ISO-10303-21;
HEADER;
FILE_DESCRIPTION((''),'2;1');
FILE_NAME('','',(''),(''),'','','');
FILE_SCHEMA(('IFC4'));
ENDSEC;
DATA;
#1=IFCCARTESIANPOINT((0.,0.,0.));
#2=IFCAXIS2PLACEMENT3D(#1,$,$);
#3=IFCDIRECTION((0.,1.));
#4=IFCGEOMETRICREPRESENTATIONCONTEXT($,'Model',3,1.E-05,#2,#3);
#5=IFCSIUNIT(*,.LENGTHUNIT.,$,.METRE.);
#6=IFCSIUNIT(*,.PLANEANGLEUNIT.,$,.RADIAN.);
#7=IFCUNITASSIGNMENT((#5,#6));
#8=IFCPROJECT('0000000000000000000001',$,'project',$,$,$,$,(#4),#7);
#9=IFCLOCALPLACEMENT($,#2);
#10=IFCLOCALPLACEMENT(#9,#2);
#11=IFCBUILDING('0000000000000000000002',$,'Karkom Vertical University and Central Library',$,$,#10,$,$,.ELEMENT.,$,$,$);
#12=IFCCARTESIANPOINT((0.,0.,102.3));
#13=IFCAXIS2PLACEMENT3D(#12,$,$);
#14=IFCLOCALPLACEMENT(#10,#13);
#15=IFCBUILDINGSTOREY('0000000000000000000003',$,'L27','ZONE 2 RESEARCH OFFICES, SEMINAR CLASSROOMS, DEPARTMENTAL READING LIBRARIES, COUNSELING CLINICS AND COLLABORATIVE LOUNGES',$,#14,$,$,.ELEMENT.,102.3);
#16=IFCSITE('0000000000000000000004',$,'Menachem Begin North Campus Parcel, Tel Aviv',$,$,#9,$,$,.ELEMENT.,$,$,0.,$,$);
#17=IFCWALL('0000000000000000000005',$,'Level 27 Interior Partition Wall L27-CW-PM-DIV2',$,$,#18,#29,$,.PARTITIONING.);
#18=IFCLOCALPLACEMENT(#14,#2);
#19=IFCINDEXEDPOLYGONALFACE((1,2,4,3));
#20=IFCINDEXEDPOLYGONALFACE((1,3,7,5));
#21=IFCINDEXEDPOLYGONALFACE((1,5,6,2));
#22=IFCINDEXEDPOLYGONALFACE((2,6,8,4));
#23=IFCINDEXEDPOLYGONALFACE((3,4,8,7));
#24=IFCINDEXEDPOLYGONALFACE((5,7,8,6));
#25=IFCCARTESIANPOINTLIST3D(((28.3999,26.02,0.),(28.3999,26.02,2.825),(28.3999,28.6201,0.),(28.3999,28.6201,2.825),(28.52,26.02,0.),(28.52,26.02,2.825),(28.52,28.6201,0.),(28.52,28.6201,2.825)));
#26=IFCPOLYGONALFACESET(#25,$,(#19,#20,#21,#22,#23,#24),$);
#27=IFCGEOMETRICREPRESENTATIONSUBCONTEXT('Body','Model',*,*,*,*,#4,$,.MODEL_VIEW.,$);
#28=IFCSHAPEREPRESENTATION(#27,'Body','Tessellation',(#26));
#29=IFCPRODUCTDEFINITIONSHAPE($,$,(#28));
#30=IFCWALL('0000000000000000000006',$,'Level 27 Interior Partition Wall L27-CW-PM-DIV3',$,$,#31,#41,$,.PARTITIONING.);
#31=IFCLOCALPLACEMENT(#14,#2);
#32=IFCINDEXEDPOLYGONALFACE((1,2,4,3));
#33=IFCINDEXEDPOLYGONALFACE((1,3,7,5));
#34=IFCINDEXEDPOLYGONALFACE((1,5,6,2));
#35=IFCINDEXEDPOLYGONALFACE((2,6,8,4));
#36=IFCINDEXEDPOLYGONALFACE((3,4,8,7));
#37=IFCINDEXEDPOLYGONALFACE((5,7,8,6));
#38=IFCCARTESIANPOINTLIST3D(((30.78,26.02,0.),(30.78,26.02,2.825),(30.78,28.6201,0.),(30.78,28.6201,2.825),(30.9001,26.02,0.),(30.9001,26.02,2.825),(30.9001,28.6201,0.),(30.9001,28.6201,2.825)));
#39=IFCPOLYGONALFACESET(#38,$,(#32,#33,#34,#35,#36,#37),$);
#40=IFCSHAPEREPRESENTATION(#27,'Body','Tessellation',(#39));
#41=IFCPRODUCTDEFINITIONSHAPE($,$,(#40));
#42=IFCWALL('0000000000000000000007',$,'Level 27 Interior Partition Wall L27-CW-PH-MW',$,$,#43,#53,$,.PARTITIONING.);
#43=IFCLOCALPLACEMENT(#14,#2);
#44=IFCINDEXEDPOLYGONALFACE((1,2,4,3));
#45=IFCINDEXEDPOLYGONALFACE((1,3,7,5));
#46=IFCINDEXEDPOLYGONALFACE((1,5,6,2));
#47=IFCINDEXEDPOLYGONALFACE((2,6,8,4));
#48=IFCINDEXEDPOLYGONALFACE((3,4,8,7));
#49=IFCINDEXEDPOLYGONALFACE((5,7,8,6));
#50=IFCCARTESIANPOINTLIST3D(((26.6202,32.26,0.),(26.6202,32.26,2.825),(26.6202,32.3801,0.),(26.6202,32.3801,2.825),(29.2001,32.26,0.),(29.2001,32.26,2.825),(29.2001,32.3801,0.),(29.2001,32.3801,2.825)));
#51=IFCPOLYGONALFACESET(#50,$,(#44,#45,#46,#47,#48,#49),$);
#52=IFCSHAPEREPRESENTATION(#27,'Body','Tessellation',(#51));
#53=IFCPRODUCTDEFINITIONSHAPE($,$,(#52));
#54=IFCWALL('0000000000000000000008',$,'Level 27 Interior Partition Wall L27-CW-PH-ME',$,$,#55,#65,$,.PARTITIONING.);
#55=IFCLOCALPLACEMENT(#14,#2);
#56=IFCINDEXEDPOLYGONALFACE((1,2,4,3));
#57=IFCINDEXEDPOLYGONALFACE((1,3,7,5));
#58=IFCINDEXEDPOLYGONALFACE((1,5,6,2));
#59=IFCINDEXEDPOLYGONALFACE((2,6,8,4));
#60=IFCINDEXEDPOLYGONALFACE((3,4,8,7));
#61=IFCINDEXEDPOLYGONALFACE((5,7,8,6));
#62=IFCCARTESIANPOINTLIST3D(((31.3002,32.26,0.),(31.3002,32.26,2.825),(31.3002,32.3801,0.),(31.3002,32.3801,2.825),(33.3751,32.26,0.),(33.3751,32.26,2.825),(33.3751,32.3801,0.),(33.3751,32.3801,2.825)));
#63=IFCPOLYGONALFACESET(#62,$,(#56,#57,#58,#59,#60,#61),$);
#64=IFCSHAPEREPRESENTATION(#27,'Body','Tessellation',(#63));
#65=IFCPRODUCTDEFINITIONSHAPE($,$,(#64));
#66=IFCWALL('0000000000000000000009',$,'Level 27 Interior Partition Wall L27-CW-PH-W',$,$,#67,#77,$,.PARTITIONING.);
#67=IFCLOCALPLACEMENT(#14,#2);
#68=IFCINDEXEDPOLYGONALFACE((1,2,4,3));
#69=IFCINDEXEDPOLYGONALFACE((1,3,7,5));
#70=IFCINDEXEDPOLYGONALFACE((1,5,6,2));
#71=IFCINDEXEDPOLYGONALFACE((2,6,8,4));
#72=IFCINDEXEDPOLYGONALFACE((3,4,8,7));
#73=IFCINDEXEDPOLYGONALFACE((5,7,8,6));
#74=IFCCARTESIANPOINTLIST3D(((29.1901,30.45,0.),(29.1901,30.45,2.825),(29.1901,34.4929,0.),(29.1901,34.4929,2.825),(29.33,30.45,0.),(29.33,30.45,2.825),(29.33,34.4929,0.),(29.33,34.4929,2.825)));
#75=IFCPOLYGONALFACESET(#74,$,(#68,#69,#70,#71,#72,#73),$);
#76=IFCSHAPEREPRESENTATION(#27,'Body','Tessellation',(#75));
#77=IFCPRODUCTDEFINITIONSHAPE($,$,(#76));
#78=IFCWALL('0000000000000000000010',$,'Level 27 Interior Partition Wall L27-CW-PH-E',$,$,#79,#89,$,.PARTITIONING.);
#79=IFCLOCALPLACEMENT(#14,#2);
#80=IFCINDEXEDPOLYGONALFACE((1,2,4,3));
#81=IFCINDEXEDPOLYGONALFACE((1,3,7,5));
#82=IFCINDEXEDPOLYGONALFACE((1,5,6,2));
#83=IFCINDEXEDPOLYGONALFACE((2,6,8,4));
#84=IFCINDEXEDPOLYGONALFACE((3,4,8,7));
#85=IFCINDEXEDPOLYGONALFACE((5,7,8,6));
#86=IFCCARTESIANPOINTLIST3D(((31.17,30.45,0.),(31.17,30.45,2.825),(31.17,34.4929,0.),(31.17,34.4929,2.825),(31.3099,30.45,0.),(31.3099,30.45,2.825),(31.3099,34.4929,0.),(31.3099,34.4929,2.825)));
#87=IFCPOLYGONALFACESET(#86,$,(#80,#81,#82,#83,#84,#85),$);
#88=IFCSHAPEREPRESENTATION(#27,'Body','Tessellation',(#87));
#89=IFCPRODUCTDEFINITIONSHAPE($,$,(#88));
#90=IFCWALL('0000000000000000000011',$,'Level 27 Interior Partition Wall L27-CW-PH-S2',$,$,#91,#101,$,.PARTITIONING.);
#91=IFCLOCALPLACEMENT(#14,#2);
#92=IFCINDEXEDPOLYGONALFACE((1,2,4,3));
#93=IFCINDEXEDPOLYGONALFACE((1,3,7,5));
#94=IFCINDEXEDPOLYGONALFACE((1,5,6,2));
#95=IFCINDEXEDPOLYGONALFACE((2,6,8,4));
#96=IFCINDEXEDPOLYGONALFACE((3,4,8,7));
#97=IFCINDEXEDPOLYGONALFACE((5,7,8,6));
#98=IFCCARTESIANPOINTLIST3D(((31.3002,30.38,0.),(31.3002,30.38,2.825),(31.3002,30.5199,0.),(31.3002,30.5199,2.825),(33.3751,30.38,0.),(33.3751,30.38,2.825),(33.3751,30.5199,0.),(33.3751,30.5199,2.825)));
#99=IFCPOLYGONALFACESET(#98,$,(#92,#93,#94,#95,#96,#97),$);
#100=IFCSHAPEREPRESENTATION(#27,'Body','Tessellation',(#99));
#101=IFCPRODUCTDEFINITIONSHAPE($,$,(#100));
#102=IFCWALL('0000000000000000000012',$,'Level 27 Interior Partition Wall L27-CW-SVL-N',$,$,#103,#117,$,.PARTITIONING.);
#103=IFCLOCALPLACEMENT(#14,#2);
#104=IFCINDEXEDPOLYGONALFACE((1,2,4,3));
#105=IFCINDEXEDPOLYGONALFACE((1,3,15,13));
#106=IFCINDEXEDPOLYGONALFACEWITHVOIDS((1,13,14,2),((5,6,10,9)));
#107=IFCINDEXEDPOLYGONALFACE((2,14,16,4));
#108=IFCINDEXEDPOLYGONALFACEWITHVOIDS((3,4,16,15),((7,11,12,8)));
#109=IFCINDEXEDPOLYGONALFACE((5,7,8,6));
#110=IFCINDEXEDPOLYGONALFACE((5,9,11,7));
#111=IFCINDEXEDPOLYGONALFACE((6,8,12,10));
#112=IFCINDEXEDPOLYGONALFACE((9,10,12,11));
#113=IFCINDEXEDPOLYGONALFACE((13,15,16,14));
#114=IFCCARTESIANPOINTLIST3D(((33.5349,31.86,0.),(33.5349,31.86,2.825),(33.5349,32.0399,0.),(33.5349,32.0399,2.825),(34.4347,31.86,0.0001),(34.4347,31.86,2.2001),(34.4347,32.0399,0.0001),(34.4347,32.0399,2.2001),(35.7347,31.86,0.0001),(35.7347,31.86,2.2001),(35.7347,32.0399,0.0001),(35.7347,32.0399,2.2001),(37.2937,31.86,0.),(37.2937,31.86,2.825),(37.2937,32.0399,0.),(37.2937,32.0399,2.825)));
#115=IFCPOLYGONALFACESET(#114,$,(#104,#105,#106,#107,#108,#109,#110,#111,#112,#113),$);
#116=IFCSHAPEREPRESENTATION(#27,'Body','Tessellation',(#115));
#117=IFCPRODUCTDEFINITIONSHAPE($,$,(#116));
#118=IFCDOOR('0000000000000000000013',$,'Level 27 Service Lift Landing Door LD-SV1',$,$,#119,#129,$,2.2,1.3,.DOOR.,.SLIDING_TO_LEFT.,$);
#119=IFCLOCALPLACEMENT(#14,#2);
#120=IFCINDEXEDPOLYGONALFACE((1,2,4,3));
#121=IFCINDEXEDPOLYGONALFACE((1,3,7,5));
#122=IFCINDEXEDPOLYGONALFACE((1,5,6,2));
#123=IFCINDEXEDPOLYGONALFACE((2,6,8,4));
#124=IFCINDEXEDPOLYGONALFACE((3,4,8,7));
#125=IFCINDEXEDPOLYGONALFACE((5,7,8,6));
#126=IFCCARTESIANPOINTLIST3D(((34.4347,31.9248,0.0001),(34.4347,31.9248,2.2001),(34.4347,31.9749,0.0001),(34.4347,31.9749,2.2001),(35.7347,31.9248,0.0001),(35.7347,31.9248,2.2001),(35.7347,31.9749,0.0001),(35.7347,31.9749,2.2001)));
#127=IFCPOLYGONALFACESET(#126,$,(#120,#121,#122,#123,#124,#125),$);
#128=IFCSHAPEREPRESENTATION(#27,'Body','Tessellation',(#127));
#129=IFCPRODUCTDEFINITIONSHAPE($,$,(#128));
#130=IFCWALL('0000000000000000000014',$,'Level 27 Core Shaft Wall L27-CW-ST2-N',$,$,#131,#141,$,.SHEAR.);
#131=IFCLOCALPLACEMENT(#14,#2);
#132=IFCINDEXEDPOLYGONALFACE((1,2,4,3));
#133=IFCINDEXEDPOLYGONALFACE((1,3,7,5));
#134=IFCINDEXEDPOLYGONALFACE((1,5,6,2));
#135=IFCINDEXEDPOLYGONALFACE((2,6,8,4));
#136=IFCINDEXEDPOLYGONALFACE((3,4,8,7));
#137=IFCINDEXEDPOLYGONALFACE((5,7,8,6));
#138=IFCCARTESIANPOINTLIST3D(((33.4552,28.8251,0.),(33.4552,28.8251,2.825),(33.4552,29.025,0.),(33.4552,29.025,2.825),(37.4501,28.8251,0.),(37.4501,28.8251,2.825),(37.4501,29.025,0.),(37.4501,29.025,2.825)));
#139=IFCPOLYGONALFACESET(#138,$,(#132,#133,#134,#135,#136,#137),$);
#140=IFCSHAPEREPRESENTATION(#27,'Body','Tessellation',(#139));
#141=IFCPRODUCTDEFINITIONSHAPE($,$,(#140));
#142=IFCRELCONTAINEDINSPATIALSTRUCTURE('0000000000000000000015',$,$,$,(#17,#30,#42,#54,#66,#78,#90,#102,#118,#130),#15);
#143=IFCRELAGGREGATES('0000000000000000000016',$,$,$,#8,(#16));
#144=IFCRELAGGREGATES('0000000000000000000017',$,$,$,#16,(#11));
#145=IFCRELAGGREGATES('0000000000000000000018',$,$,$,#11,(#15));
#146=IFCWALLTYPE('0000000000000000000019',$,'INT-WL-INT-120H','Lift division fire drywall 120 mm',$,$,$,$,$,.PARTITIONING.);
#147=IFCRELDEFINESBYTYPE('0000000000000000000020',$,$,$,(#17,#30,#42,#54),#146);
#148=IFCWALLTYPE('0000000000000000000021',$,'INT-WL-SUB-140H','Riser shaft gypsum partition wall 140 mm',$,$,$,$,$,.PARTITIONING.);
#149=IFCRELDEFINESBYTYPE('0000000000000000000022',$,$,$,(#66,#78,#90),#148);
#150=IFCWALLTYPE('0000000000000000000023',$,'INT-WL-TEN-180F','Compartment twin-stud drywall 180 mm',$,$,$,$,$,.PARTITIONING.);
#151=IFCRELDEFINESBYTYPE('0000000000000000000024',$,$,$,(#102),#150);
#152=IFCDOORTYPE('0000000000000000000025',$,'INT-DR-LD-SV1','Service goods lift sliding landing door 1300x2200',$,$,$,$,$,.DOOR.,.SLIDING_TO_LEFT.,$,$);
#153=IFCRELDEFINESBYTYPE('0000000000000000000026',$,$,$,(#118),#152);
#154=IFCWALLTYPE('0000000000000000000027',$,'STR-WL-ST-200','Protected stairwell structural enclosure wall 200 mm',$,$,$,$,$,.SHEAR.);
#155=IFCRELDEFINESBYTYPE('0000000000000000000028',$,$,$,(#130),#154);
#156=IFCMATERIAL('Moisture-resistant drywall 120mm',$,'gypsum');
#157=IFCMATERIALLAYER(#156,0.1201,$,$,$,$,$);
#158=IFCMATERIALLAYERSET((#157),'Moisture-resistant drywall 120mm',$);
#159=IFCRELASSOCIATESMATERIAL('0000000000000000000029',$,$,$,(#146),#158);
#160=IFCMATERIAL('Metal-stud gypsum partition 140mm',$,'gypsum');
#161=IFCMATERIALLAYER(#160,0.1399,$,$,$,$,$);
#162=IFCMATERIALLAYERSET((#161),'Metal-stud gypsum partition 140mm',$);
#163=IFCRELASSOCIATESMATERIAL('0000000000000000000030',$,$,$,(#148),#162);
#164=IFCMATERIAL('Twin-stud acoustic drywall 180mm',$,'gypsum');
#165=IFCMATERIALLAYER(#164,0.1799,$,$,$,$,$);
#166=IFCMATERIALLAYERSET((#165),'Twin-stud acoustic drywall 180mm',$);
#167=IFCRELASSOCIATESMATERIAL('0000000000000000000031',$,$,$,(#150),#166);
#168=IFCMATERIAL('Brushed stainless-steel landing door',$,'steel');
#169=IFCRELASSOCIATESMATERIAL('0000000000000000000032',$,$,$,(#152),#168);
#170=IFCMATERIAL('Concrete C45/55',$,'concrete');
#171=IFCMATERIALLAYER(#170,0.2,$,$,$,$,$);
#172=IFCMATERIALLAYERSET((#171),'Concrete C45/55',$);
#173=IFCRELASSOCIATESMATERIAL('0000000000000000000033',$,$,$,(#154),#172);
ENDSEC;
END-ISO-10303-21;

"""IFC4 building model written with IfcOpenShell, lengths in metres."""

from ifc_helpers import new_model, si_unit, direction, frame, frame_2d, origin, origin_with_axes, place, context, subcontext, project, spatial, rectangle, extrude, source, transform, mapped, material, layer, layer_set, type_object, element, fill, save


model = new_model("IFC4")

# Units and contexts
model_context = context("Model", 3, precision=1e-05, world=origin(), true_north=direction((0.0, 1.0)))
body_context = subcontext(model_context, "Body", "Model", "MODEL_VIEW")
ifc_project = project(units=[si_unit("LENGTHUNIT", "METRE"), si_unit("PLANEANGLEUNIT", "RADIAN")], contexts=[model_context])

# Site, building, storey
site_placement = place(None, origin())
site = spatial("IfcSite", under=ifc_project, at=site_placement, Name="Menachem Begin North Campus Parcel, Tel Aviv", CompositionType="ELEMENT", RefElevation=0.0)
building_placement = place(site_placement, origin())
building = spatial("IfcBuilding", under=site, at=building_placement, Name="Karkom Vertical University and Central Library", CompositionType="ELEMENT")
storey_placement = place(building_placement, frame((0.0, 0.0, 102.3)))
storey = spatial("IfcBuildingStorey", under=building, at=storey_placement, Name="L27", Description="ZONE 2 RESEARCH OFFICES, SEMINAR CLASSROOMS, DEPARTMENTAL READING LIBRARIES, COUNSELING CLINICS AND COLLABORATIVE LOUNGES", CompositionType="ELEMENT", Elevation=102.3)

# Walls
ifc_material_1 = material(Name="Moisture-resistant drywall 120mm", Category="gypsum")
ifc_layer_1 = layer(ifc_material_1, 0.1201)
ifc_layer_set_1 = layer_set([ifc_layer_1], Name="Moisture-resistant drywall 120mm")
wall_type_1 = type_object("IfcWallType", Name="INT-WL-INT-120H", Description="Lift division fire drywall 120 mm", PredefinedType="PARTITIONING", material=ifc_layer_set_1)
for number, where, z_axis, x_axis, name in (
    (1, (28.46, 26.02, 0.0), (0.0, 0.0, 1.0), (0.0, 1.0, 0.0), "Level 27 Interior Partition Wall L27-CW-PM-DIV2"),
    (2, (30.8401, 26.02, 0.0), (0.0, 0.0, 1.0), (0.0, 1.0, 0.0), "Level 27 Interior Partition Wall L27-CW-PM-DIV3"),
):
    element("IfcWall", number, at=place(storey_placement, frame(where, z_axis=z_axis, x_axis=x_axis)), inside=storey, type_object=wall_type_1, Name=name, PredefinedType="PARTITIONING", context=body_context, shape_type="SweptSolid", body=[
        extrude(rectangle(XDim=2.6001, YDim=0.1201, at=frame_2d((1.3, 0.0))), origin(), (0.0, 0.0, 1.0), 2.825),
    ])
wall_1_placement = place(storey_placement, frame((26.6201, 32.3201, 0.0), z_axis=(0.0, 0.0, 1.0), x_axis=(1.0, 0.0, 0.0)))
element("IfcWall", 3, at=wall_1_placement, inside=storey, type_object=wall_type_1, Name="Level 27 Interior Partition Wall L27-CW-PH-MW", PredefinedType="PARTITIONING", context=body_context, shape_type="SweptSolid", body=[
    extrude(rectangle(XDim=2.5798, YDim=0.1201, at=frame_2d((1.29, 0.0))), origin(), (0.0, 0.0, 1.0), 2.825),
])
wall_2_placement = place(storey_placement, frame((31.3, 32.3201, 0.0), z_axis=(0.0, 0.0, 1.0), x_axis=(1.0, 0.0, 0.0)))
element("IfcWall", 4, at=wall_2_placement, inside=storey, type_object=wall_type_1, Name="Level 27 Interior Partition Wall L27-CW-PH-ME", PredefinedType="PARTITIONING", context=body_context, shape_type="SweptSolid", body=[
    extrude(rectangle(XDim=2.075, YDim=0.1201, at=frame_2d((1.0376, 0.0))), origin(), (0.0, 0.0, 1.0), 2.825),
])
ifc_material_2 = material(Name="Metal-stud gypsum partition 140mm", Category="gypsum")
ifc_layer_2 = layer(ifc_material_2, 0.1399)
ifc_layer_set_2 = layer_set([ifc_layer_2], Name="Metal-stud gypsum partition 140mm")
wall_type_2 = type_object("IfcWallType", Name="INT-WL-SUB-140H", Description="Riser shaft gypsum partition wall 140 mm", PredefinedType="PARTITIONING", material=ifc_layer_set_2)
for number, where, z_axis, x_axis, name in (
    (5, (29.26, 30.45, 0.0), (0.0, 0.0, 1.0), (0.0, 1.0, 0.0), "Level 27 Interior Partition Wall L27-CW-PH-W"),
    (6, (31.24, 30.45, 0.0), (0.0, 0.0, 1.0), (0.0, 1.0, 0.0), "Level 27 Interior Partition Wall L27-CW-PH-E"),
):
    element("IfcWall", number, at=place(storey_placement, frame(where, z_axis=z_axis, x_axis=x_axis)), inside=storey, type_object=wall_type_2, Name=name, PredefinedType="PARTITIONING", context=body_context, shape_type="SweptSolid", body=[
        extrude(rectangle(XDim=4.043, YDim=0.1399, at=frame_2d((2.0215, 0.0))), origin(), (0.0, 0.0, 1.0), 2.825),
    ])
wall_3_placement = place(storey_placement, frame((31.3, 30.45, 0.0), z_axis=(0.0, 0.0, 1.0), x_axis=(1.0, 0.0, 0.0)))
element("IfcWall", 7, at=wall_3_placement, inside=storey, type_object=wall_type_2, Name="Level 27 Interior Partition Wall L27-CW-PH-S2", PredefinedType="PARTITIONING", context=body_context, shape_type="SweptSolid", body=[
    extrude(rectangle(XDim=2.075, YDim=0.1399, at=frame_2d((1.0376, 0.0))), origin(), (0.0, 0.0, 1.0), 2.825),
])

# Wall, opening, door
ifc_material_3 = material(Name="Twin-stud acoustic drywall 180mm", Category="gypsum")
ifc_layer_3 = layer(ifc_material_3, 0.1799)
ifc_layer_set_3 = layer_set([ifc_layer_3], Name="Twin-stud acoustic drywall 180mm")
wall_type_3 = type_object("IfcWallType", Name="INT-WL-TEN-180F", Description="Compartment twin-stud drywall 180 mm", PredefinedType="PARTITIONING", material=ifc_layer_set_3)
wall_4_placement = place(storey_placement, frame((33.5349, 31.95, 0.0), z_axis=(0.0, 0.0, 1.0), x_axis=(1.0, 0.0, 0.0)))
wall_4 = element("IfcWall", 8, at=wall_4_placement, inside=storey, type_object=wall_type_3, Name="Level 27 Interior Partition Wall L27-CW-SVL-N", PredefinedType="PARTITIONING", context=body_context, shape_type="SweptSolid", body=[
    extrude(rectangle(XDim=3.7588, YDim=0.1799, at=frame_2d((1.8794, 0.0))), origin(), (0.0, 0.0, 1.0), 2.825),
])
opening_1_placement = place(wall_4_placement, frame((0.8999, 0.0, 0.0)))
opening_1 = element("IfcOpeningElement", 9, at=opening_1_placement, cuts=wall_4, PredefinedType="OPENING", context=body_context, shape_type="SweptSolid", body=[
    extrude(rectangle(XDim=1.3, YDim=2.2, at=frame_2d((0.6499, 1.1001))), frame((0.0, 0.1001, 0.0), z_axis=(0.0, -1.0, 0.0), x_axis=(1.0, 0.0, 0.0)), (0.0, 0.0, 1.0), 0.2),
])
ifc_material_4 = material(Name="Brushed stainless-steel landing door", Category="steel")
door_type = type_object("IfcDoorType", Name="INT-DR-LD-SV1", Description="Service goods lift sliding landing door 1300x2200", OperationType="SLIDING_TO_LEFT", PredefinedType="DOOR", material=ifc_material_4)
shared_shape_1 = source(origin_with_axes(), body_context, "Body", "SweptSolid", [
    extrude(rectangle(XDim=1.3, YDim=2.2, at=frame_2d((0.6499, 1.1001))), frame((0.0, 0.0249, 0.0), z_axis=(0.0, -1.0, 0.0), x_axis=(1.0, 0.0, 0.0)), (0.0, 0.0, 1.0), 0.05),
])
door_placement = place(opening_1_placement, origin())
door = element("IfcDoor", 10, at=door_placement, inside=storey, type_object=door_type, Name="Level 27 Service Lift Landing Door LD-SV1", OperationType="SLIDING_TO_LEFT", OverallHeight=2.2, OverallWidth=1.3, PredefinedType="DOOR", context=body_context, shape_type="MappedRepresentation", body=[
    mapped(shared_shape_1, transform((0.0, 0.0, 0.0), scale=1.0)),
])
fill(opening_1, door)

# Wall
ifc_material_5 = material(Name="Concrete C45/55", Category="concrete")
ifc_layer_4 = layer(ifc_material_5, 0.2)
ifc_layer_set_4 = layer_set([ifc_layer_4], Name="Concrete C45/55")
wall_type_4 = type_object("IfcWallType", Name="STR-WL-ST-200", Description="Protected stairwell structural enclosure wall 200 mm", PredefinedType="SHEAR", material=ifc_layer_set_4)
wall_5_placement = place(storey_placement, frame((33.4551, 28.925, 0.0), z_axis=(0.0, 0.0, 1.0), x_axis=(1.0, 0.0, 0.0)))
element("IfcWall", 11, at=wall_5_placement, inside=storey, type_object=wall_type_4, Name="Level 27 Core Shaft Wall L27-CW-ST2-N", PredefinedType="SHEAR", context=body_context, shape_type="SweptSolid", body=[
    extrude(rectangle(XDim=3.9949, YDim=0.2, at=frame_2d((1.9976, 0.0))), origin(), (0.0, 0.0, 1.0), 2.825),
])

save(model, "model.ifc")
